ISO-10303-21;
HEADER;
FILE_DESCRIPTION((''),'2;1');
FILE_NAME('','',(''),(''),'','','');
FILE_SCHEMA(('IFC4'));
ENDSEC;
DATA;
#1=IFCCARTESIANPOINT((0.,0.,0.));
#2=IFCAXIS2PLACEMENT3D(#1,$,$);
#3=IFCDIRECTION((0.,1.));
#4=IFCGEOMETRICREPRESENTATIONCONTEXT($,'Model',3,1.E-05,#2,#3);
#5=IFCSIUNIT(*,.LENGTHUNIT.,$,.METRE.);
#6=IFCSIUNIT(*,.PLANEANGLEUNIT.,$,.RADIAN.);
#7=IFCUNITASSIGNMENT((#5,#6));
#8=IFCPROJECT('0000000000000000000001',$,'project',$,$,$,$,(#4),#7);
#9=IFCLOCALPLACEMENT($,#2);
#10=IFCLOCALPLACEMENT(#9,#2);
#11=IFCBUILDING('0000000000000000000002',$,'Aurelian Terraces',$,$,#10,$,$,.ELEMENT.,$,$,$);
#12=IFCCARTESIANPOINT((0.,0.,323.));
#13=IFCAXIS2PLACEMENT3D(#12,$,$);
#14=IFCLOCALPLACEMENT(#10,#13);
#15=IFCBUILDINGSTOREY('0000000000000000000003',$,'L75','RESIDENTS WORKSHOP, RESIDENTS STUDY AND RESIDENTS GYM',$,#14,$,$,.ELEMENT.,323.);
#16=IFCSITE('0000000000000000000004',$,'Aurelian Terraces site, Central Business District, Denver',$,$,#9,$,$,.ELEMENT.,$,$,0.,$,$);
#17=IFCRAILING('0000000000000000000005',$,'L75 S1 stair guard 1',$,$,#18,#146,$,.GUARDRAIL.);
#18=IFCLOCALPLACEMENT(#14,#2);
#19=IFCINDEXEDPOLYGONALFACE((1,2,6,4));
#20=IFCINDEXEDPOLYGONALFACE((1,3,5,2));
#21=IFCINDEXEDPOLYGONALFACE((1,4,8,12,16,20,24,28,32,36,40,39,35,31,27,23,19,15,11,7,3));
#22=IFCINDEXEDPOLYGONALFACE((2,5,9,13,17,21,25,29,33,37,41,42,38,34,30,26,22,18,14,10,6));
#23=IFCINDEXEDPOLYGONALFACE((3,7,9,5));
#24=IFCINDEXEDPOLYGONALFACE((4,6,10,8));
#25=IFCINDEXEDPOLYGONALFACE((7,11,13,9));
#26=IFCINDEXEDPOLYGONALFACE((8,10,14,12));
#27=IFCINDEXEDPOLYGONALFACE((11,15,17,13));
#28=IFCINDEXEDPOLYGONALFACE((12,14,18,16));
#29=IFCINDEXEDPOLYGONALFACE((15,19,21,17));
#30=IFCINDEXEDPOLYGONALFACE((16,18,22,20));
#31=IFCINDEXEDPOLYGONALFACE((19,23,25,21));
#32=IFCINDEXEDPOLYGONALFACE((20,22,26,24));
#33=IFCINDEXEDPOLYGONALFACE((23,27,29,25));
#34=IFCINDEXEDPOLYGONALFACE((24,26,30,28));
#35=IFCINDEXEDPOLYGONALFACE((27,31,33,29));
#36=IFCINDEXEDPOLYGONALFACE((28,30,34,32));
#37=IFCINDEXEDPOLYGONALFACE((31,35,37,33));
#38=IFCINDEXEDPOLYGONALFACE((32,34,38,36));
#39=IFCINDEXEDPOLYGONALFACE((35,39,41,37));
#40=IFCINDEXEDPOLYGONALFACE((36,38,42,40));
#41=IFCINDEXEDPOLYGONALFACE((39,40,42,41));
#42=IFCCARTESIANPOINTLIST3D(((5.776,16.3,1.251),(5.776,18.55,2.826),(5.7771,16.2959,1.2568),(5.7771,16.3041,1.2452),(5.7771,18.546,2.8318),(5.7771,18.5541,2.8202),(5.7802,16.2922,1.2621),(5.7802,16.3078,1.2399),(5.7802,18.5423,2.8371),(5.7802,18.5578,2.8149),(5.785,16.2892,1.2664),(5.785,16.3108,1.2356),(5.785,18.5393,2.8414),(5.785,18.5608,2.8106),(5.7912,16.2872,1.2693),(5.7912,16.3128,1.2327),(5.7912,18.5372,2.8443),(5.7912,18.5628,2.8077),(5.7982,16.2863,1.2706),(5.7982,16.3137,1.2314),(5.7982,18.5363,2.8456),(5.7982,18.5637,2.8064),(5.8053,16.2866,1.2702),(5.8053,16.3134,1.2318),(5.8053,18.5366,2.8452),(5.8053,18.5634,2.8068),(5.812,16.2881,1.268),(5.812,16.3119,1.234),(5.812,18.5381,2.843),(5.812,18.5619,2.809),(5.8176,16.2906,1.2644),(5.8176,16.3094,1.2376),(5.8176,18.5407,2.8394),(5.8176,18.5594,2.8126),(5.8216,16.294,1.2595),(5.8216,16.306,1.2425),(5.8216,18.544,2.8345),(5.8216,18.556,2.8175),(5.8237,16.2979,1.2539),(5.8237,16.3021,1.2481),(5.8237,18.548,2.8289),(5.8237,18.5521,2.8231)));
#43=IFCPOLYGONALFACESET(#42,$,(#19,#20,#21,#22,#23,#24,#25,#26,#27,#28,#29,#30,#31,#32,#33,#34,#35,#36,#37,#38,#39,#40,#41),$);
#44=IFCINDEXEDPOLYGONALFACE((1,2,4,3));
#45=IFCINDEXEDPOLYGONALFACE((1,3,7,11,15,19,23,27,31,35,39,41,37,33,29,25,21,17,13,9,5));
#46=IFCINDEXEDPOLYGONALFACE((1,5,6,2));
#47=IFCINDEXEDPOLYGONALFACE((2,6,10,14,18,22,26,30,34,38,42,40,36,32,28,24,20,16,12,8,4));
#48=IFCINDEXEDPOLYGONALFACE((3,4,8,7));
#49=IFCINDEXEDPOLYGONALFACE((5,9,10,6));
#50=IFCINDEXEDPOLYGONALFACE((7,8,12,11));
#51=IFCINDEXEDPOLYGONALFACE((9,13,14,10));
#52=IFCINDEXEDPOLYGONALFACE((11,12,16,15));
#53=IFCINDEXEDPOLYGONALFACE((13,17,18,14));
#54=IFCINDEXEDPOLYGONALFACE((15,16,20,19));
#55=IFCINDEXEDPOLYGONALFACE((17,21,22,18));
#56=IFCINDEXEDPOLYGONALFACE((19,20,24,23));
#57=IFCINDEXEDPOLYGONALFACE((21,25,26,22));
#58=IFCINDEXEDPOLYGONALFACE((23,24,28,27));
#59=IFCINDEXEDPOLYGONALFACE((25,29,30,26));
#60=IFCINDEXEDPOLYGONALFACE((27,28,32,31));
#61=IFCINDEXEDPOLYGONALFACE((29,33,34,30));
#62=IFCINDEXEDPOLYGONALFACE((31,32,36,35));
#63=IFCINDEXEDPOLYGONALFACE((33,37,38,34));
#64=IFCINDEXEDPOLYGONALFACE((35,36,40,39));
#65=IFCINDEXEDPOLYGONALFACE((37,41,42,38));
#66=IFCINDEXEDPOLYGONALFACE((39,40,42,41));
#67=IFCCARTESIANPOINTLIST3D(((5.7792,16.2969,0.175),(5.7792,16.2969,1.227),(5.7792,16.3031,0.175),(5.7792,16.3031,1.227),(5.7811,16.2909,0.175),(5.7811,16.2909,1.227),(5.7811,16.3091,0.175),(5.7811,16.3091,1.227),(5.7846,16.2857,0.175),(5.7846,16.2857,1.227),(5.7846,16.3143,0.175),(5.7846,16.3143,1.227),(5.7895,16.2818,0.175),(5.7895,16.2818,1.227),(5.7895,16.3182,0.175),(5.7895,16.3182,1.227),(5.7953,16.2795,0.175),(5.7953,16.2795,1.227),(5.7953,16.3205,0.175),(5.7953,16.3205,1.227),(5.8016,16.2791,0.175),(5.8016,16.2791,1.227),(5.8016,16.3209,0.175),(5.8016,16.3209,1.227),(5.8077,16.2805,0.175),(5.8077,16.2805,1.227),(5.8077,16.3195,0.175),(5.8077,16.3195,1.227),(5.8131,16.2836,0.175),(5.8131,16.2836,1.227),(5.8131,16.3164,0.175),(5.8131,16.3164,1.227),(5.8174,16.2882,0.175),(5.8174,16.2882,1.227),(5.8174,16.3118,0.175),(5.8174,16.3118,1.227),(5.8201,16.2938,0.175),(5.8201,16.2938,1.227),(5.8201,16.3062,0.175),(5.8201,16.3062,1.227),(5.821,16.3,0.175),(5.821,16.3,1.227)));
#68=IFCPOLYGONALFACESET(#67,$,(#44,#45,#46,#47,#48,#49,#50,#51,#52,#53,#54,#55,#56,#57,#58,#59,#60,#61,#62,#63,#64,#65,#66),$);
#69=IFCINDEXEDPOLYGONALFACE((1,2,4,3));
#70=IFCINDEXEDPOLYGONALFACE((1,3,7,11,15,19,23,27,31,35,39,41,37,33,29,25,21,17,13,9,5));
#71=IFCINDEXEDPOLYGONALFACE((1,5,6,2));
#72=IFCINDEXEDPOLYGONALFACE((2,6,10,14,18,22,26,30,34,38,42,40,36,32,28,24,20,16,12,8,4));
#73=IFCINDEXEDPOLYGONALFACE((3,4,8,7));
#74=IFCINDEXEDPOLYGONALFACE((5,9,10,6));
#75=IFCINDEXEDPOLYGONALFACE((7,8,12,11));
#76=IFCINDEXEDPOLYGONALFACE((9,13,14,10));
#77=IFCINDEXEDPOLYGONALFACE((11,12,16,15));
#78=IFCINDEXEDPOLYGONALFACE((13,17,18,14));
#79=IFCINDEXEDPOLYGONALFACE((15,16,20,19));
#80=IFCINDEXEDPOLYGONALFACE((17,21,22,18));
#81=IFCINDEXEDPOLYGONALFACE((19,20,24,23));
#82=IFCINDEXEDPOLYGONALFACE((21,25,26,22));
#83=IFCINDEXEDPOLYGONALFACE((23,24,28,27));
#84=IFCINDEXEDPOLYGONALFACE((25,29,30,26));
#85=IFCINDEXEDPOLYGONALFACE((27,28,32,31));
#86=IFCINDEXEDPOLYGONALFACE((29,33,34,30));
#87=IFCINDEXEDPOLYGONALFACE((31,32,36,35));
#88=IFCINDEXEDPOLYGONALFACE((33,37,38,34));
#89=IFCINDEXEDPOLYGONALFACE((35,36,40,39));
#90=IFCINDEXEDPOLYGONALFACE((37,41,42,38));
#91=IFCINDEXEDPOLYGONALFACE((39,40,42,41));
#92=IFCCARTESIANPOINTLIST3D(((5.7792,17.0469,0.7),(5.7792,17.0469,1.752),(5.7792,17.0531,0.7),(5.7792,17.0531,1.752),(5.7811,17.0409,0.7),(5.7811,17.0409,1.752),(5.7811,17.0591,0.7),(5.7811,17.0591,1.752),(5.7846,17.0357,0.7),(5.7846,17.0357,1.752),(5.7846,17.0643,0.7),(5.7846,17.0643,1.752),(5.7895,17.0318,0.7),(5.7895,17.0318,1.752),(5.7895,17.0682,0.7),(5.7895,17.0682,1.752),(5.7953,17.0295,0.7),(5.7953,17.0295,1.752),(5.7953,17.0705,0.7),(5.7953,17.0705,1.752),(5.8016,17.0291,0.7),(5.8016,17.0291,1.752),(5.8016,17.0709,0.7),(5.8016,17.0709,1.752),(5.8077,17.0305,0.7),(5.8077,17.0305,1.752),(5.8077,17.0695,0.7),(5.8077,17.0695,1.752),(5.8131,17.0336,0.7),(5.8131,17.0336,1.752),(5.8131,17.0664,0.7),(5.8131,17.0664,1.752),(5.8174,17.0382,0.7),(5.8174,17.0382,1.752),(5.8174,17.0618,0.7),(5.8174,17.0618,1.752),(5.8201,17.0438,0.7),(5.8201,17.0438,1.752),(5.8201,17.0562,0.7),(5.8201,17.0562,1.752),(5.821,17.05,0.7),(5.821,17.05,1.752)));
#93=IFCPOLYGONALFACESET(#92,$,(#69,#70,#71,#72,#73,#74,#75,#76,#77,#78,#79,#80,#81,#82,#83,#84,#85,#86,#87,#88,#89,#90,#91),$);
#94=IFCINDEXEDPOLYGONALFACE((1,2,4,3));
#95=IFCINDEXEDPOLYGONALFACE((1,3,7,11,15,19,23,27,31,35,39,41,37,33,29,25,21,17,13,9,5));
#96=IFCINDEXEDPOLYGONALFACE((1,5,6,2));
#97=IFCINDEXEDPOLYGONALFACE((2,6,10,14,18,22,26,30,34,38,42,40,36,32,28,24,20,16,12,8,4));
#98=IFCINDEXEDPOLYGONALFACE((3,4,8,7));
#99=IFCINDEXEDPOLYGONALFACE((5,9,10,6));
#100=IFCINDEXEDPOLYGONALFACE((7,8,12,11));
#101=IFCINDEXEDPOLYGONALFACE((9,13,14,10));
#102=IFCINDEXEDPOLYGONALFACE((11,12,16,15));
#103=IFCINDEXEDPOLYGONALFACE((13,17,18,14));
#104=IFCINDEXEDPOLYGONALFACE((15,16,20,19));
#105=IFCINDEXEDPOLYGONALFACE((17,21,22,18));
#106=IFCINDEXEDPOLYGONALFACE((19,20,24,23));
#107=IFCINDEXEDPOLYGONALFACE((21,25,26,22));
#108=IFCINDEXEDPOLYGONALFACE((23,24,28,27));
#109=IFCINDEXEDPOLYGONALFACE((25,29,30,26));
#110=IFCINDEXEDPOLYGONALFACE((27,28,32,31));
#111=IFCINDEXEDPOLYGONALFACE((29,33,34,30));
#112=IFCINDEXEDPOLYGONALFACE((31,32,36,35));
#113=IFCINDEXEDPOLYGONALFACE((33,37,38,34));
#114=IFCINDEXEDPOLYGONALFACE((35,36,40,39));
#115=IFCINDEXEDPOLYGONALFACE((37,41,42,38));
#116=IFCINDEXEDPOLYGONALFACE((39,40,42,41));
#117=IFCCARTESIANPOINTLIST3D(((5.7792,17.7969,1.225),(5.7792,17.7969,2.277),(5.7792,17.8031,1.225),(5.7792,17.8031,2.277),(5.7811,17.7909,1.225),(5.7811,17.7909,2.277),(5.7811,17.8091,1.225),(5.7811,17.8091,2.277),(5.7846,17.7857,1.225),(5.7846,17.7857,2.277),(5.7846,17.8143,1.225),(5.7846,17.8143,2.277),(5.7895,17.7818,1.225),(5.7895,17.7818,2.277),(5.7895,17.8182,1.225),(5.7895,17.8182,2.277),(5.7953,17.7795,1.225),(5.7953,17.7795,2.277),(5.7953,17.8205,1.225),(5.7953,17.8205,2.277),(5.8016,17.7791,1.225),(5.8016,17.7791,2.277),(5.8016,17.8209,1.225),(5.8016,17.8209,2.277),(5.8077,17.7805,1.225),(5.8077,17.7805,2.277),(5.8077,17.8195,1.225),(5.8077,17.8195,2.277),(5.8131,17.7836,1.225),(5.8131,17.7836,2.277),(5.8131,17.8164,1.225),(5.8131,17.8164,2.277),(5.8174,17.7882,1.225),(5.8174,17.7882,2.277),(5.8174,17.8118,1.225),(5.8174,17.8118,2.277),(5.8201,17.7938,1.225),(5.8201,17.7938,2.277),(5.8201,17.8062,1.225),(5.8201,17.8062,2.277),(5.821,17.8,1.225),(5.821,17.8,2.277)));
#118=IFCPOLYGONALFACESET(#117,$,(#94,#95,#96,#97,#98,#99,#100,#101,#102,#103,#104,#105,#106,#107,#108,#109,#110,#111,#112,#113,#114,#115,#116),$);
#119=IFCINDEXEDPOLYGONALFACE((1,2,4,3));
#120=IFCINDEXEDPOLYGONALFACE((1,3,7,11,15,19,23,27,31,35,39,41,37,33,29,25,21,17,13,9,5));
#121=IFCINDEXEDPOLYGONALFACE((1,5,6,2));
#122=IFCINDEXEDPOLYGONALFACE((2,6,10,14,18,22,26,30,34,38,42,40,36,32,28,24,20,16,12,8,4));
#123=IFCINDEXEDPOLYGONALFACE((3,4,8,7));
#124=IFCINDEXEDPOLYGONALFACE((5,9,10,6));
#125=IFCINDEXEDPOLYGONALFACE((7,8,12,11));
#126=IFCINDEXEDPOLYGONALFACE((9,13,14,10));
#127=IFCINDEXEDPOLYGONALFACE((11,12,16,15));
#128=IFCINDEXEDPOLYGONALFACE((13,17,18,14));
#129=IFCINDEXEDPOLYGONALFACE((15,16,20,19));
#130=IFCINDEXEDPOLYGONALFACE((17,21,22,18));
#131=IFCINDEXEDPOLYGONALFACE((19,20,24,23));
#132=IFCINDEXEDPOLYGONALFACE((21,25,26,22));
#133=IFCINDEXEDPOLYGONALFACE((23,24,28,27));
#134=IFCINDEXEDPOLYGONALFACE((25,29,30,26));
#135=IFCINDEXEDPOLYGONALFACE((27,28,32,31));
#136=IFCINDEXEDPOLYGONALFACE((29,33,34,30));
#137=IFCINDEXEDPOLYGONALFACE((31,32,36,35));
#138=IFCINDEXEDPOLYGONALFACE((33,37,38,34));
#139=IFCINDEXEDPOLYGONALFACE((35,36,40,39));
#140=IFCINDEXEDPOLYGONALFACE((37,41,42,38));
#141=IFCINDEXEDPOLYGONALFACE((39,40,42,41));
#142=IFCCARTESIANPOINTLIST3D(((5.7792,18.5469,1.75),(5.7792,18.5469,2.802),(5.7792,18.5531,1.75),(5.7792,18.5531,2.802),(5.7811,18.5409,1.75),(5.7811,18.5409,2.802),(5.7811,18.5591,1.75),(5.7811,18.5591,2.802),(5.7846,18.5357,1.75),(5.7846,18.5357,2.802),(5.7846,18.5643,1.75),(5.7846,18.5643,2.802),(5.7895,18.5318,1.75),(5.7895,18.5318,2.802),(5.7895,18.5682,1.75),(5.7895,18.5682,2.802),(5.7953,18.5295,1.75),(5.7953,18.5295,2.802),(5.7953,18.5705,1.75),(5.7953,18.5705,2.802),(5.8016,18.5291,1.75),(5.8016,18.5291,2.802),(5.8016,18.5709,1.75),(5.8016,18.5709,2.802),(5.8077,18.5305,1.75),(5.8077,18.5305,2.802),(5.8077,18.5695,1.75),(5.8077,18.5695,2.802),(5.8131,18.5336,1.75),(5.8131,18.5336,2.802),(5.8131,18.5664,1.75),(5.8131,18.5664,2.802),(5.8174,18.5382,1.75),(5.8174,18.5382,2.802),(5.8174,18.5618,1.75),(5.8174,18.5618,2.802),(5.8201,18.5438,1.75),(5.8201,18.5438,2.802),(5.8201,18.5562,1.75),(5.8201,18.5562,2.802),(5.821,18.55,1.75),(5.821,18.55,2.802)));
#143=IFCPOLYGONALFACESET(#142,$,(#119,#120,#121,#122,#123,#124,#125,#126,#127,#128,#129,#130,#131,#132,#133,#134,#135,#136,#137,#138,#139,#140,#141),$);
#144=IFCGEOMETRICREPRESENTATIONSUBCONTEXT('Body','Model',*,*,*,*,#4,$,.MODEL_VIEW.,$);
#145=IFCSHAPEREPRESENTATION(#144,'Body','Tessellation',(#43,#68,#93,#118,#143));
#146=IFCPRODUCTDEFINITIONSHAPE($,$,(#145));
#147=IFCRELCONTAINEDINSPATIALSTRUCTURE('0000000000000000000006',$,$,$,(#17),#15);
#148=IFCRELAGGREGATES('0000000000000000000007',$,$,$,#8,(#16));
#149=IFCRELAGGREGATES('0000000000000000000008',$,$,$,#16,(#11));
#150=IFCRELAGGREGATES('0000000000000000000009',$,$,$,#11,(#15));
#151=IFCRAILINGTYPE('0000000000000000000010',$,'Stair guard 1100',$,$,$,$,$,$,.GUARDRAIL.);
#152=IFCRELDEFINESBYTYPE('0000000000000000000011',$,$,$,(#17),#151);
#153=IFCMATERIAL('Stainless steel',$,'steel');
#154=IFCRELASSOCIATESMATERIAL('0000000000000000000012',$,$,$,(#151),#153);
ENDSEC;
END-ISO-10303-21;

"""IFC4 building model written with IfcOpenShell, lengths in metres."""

from ifc_helpers import new_model, si_unit, direction, frame, origin, origin_2d, place, context, subcontext, project, spatial, circle, extrude, source, transform, mapped, material, type_object, element, save


model = new_model("IFC4")

# Units and contexts
model_context = context("Model", 3, precision=1e-05, world=origin(), true_north=direction((0.0, 1.0)))
body_context = subcontext(model_context, "Body", "Model", "MODEL_VIEW")
ifc_project = project(units=[si_unit("LENGTHUNIT", "METRE"), si_unit("PLANEANGLEUNIT", "RADIAN")], contexts=[model_context])

# Site, building, storey
site_placement = place(None, origin())
site = spatial("IfcSite", under=ifc_project, at=site_placement, Name="Aurelian Terraces site, Central Business District, Denver", CompositionType="ELEMENT", RefElevation=0.0)
building_placement = place(site_placement, origin())
building = spatial("IfcBuilding", under=site, at=building_placement, Name="Aurelian Terraces", CompositionType="ELEMENT")
storey_placement = place(building_placement, frame((0.0, 0.0, 323.0)))
storey = spatial("IfcBuildingStorey", under=building, at=storey_placement, Name="L75", Description="RESIDENTS WORKSHOP, RESIDENTS STUDY AND RESIDENTS GYM", CompositionType="ELEMENT", Elevation=323.0)

# Railing
ifc_material_1 = material(Name="Stainless steel", Category="steel")
railing_type_1 = type_object("IfcRailingType", Name="Stair guard 1100", PredefinedType="GUARDRAIL", material=ifc_material_1)
shared_shape_1 = source(origin(), body_context, "Body", "SweptSolid", [
    extrude(circle(Radius=0.024, at=origin_2d()), frame((0.0, 0.0, 1.076), z_axis=(0.0, 0.819232, 0.573462), x_axis=(-1.0, 0.0, 0.0)), (0.0, 0.0, 1.0), 2.7465),
    extrude(circle(Radius=0.021, at=origin_2d()), origin(), (0.0, 0.0, 1.0), 1.052),
    extrude(circle(Radius=0.021, at=origin_2d()), frame((0.0, 0.75, 0.525)), (0.0, 0.0, 1.0), 1.052),
    extrude(circle(Radius=0.021, at=origin_2d()), frame((0.0, 1.5, 1.05)), (0.0, 0.0, 1.0), 1.052),
    extrude(circle(Radius=0.021, at=origin_2d()), frame((0.0, 2.25, 1.575)), (0.0, 0.0, 1.0), 1.052),
])
railing_1_placement = place(storey_placement, frame((5.8, 16.3, 0.175)))
element("IfcRailing", 1, at=railing_1_placement, inside=storey, type_object=railing_type_1, Name="L75 S1 stair guard 1", PredefinedType="GUARDRAIL", context=body_context, shape_type="MappedRepresentation", body=[
    mapped(shared_shape_1, transform((0.0, 0.0, 0.0), scale=1.0)),
])

save(model, "model.ifc")
